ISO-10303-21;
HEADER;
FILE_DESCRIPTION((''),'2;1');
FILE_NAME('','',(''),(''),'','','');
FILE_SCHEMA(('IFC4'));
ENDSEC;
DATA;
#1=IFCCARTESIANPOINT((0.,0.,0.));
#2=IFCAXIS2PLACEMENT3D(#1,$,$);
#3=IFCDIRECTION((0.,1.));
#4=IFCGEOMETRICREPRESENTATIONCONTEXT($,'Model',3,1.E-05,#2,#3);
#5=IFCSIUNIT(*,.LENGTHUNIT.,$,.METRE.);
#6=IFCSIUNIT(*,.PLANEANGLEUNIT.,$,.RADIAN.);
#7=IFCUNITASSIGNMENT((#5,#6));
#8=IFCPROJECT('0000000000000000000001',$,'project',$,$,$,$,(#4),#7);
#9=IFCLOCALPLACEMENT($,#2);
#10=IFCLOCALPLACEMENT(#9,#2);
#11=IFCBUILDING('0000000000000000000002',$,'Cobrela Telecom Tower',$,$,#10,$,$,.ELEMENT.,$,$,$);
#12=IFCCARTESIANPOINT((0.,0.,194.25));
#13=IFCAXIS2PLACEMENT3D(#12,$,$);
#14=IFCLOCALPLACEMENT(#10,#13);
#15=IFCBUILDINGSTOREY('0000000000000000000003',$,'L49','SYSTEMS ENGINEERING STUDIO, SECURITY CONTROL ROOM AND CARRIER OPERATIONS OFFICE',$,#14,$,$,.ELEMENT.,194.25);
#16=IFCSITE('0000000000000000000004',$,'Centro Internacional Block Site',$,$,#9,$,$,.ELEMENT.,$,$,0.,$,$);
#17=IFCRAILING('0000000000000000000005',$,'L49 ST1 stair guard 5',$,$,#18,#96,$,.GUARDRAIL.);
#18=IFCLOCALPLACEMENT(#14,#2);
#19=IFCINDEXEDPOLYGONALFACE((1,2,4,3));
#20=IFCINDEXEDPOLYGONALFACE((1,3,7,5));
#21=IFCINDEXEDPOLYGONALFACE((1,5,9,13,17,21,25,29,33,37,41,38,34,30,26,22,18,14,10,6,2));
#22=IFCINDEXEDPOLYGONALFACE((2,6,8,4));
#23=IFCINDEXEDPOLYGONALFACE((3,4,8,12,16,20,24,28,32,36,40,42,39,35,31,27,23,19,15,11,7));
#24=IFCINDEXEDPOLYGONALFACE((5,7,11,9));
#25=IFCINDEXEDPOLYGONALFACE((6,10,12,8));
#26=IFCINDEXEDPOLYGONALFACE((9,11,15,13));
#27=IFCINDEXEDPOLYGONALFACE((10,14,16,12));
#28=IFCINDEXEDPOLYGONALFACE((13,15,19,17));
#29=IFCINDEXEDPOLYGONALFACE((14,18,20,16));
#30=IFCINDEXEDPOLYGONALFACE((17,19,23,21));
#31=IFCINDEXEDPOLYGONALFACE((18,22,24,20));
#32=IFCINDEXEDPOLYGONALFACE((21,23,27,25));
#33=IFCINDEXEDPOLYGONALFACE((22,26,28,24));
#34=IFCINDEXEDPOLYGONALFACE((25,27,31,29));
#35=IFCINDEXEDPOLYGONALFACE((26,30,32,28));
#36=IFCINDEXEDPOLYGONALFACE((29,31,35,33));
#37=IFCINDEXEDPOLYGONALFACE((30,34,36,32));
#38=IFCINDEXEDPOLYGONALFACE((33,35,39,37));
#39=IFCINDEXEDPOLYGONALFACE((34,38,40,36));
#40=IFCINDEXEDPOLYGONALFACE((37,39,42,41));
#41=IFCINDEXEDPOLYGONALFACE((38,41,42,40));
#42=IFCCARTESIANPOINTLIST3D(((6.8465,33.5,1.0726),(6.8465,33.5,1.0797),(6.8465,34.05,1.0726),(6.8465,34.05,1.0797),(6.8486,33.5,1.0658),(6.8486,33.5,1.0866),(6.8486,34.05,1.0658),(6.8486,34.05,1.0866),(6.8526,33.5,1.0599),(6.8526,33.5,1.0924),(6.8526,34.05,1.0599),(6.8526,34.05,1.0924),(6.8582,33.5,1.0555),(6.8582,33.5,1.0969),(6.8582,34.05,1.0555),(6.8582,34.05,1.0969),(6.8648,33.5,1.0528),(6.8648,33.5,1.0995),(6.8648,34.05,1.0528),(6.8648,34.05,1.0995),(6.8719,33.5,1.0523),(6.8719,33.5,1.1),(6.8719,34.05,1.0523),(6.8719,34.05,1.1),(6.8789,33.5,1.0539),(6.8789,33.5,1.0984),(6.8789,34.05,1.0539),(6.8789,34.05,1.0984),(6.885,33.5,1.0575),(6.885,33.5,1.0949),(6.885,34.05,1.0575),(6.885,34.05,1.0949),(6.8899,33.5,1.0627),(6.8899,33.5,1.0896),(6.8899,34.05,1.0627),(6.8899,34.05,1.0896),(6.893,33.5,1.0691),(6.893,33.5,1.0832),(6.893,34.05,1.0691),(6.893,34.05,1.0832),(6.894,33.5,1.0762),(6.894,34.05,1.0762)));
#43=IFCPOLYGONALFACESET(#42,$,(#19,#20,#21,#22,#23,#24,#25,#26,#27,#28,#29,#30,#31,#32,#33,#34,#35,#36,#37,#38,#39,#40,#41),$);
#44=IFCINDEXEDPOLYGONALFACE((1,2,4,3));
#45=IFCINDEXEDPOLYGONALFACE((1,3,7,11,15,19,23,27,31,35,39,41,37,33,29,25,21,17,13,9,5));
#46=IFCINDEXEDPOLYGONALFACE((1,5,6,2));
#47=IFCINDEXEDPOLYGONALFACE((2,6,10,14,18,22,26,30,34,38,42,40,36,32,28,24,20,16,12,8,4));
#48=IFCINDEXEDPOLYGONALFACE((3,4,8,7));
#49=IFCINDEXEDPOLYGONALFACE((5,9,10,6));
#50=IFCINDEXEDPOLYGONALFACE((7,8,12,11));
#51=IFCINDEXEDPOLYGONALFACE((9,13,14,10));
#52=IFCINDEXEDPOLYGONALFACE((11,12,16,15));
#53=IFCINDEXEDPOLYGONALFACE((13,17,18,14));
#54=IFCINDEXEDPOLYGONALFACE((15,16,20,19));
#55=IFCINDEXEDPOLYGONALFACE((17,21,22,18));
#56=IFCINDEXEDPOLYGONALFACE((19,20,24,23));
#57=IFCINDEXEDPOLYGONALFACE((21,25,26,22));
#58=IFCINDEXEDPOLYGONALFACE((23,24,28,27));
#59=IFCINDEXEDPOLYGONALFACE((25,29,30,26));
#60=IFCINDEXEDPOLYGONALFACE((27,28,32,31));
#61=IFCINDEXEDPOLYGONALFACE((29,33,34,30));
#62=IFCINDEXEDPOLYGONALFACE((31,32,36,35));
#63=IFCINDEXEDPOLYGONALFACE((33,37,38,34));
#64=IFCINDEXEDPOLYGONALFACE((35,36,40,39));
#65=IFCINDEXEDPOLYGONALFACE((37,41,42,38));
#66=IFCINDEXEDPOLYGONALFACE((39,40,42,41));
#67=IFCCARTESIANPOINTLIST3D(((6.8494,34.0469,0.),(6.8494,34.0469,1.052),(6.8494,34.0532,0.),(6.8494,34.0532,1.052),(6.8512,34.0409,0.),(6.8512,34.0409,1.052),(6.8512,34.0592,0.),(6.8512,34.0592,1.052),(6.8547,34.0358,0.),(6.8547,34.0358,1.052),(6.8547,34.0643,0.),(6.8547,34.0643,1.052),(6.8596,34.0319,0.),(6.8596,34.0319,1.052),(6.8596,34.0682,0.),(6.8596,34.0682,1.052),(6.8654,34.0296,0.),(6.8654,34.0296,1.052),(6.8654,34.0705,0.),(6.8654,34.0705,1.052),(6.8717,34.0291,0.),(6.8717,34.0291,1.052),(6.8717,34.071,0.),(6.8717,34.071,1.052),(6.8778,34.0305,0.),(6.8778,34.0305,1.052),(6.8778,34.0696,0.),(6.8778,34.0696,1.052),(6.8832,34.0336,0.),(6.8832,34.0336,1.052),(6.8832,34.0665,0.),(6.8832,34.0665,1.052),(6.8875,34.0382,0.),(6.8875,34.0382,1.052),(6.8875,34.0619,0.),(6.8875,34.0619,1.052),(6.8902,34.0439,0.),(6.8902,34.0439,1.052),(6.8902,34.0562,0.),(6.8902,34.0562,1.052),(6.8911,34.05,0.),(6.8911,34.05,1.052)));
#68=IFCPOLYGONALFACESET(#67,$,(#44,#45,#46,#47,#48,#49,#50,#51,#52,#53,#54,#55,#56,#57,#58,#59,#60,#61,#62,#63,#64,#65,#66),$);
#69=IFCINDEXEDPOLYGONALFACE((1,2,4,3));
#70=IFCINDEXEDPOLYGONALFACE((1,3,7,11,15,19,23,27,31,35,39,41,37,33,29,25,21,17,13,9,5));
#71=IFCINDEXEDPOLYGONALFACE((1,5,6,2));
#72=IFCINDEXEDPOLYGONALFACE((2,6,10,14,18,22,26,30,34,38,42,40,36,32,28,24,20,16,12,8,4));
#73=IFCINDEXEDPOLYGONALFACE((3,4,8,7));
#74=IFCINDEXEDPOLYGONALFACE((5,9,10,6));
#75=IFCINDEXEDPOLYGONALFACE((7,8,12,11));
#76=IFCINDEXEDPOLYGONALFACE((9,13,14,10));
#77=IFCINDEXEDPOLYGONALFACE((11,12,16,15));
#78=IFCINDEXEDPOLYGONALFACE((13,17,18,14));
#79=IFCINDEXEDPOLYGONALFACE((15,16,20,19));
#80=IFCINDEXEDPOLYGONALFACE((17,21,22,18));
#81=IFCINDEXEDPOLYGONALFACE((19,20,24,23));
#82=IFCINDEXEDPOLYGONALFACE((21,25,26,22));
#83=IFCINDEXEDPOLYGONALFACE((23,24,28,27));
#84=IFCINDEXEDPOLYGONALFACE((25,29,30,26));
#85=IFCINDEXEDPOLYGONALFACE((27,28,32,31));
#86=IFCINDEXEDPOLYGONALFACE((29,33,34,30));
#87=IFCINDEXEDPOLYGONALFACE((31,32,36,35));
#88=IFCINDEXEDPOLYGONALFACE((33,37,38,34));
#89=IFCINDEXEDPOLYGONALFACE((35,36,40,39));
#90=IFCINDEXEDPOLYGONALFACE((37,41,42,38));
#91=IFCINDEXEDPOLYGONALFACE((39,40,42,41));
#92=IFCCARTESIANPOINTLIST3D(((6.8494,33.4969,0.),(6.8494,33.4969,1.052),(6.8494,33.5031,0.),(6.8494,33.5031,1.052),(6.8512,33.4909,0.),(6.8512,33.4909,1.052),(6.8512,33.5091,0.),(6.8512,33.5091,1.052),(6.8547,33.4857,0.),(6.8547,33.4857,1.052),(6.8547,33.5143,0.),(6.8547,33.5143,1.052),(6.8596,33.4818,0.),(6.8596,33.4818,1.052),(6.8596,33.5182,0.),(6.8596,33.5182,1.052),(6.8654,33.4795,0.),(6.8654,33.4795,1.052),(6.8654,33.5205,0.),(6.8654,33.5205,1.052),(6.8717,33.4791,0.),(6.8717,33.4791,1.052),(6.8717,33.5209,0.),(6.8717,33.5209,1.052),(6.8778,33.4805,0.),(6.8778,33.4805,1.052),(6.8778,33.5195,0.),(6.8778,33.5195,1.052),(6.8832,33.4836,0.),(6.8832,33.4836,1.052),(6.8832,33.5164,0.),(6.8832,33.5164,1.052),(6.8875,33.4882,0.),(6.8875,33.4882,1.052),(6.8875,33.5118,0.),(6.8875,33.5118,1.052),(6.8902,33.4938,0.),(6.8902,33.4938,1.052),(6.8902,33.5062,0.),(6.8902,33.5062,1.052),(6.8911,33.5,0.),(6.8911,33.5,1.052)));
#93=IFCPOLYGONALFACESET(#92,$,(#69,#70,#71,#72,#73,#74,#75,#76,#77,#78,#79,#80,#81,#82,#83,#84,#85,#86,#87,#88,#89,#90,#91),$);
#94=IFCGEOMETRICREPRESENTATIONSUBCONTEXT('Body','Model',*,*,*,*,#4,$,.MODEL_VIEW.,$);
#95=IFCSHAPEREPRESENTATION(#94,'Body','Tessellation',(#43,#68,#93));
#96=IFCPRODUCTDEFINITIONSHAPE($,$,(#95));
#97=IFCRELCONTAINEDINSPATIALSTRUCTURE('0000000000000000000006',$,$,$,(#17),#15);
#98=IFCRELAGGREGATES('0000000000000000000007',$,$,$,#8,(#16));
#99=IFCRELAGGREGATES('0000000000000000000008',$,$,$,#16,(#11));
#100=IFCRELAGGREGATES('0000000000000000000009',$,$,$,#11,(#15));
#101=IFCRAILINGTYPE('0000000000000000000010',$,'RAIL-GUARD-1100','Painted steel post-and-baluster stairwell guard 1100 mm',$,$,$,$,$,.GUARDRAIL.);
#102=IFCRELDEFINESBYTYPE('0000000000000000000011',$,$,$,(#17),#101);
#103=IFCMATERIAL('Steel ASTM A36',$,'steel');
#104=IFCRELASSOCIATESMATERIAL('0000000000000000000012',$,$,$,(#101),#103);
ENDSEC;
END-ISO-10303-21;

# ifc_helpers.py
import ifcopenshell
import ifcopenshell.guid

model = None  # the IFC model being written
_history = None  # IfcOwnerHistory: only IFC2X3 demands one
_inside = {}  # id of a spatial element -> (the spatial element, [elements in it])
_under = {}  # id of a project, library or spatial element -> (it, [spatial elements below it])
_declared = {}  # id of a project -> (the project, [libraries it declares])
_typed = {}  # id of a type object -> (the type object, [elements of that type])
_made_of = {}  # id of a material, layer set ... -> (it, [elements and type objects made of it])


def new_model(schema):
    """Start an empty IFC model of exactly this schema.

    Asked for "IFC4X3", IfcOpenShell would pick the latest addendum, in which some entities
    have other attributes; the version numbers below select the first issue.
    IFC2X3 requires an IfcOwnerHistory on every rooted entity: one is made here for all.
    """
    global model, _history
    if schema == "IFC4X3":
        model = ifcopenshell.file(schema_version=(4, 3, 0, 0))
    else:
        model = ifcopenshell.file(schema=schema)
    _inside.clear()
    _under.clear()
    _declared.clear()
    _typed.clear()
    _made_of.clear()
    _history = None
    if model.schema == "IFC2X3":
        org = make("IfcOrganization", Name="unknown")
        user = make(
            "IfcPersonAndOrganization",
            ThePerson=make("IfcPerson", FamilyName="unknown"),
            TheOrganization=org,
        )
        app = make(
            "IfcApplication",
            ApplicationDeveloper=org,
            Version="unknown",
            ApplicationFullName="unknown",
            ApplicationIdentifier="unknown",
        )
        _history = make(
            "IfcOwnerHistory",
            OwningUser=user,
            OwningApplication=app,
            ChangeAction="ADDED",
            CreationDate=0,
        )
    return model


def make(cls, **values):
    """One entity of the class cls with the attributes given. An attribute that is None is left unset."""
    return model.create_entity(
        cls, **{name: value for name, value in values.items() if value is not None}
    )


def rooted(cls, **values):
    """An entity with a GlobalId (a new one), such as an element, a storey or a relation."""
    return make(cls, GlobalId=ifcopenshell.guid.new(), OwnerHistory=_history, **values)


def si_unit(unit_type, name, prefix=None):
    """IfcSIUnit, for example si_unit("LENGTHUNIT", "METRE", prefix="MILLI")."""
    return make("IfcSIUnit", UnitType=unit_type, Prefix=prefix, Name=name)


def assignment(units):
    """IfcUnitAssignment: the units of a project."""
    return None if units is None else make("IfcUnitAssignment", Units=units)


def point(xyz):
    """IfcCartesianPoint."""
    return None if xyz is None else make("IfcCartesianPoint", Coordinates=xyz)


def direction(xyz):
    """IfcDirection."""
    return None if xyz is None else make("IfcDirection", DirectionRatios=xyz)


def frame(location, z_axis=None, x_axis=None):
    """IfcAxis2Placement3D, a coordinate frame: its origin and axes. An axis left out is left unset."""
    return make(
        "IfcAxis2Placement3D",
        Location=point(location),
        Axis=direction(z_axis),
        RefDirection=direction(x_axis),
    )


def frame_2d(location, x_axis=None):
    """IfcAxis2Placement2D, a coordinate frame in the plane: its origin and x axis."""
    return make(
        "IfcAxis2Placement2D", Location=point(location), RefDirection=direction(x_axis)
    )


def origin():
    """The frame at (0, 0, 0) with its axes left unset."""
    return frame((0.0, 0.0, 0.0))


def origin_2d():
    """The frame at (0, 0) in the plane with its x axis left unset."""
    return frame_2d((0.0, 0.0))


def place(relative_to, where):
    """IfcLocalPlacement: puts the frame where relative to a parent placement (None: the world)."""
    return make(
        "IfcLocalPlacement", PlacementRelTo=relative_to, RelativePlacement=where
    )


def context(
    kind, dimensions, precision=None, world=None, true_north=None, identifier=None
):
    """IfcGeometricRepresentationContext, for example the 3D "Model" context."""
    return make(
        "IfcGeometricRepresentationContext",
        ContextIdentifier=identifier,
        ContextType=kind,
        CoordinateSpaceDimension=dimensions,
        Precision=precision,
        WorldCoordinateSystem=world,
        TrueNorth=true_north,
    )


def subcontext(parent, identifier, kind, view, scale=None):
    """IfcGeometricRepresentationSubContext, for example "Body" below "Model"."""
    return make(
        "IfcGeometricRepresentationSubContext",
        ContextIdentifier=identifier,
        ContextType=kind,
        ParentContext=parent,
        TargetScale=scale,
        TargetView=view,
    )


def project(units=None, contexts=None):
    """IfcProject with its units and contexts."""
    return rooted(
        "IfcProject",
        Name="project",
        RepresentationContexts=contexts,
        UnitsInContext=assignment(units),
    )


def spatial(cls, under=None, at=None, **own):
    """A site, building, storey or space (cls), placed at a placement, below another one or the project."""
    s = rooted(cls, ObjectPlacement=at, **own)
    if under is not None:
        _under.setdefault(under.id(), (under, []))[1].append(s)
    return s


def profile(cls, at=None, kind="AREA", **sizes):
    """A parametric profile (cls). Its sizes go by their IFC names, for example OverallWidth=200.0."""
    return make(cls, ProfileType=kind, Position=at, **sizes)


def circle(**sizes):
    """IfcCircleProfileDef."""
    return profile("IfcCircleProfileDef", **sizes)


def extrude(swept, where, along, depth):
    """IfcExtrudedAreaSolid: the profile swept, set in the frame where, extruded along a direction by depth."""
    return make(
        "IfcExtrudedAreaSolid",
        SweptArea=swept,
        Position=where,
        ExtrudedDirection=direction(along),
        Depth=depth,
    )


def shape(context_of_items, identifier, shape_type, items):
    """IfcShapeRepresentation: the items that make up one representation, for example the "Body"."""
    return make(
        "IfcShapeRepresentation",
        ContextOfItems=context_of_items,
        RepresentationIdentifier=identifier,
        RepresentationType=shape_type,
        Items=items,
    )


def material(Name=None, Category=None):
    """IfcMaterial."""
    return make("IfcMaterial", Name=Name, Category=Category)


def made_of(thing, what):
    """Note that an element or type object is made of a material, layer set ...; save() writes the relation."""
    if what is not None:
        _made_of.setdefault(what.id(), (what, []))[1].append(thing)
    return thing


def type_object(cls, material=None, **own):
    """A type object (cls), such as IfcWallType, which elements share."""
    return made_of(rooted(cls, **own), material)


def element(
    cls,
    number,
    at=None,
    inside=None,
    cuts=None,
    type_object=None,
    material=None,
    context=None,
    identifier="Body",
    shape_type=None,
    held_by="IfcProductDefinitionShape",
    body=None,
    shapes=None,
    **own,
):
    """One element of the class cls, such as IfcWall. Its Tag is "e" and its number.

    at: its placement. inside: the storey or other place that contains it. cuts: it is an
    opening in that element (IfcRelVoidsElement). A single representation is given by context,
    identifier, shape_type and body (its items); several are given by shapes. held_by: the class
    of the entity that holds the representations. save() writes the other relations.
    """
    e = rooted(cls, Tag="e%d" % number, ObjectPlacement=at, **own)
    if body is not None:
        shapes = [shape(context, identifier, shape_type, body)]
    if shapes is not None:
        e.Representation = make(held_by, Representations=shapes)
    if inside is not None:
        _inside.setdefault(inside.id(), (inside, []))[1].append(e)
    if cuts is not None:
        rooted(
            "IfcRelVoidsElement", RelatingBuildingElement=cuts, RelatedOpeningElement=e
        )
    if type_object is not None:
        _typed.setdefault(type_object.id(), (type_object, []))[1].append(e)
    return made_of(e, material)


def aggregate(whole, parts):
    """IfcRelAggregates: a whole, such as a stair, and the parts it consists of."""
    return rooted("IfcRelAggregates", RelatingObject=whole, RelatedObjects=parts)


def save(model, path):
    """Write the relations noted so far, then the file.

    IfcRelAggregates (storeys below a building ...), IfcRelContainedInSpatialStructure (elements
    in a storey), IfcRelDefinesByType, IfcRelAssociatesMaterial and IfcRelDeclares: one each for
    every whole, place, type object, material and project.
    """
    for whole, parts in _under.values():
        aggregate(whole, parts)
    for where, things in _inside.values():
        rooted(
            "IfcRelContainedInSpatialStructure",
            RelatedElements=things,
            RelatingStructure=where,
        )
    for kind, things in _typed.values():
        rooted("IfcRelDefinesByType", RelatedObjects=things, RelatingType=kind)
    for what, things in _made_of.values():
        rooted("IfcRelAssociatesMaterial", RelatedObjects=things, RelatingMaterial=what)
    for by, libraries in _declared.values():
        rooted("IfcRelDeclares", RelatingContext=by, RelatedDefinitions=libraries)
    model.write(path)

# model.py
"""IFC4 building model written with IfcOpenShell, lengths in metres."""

from ifc_helpers import new_model, si_unit, direction, frame, origin, origin_2d, place, context, subcontext, project, spatial, circle, extrude, material, type_object, element, save


model = new_model("IFC4")

# Units and contexts
model_context = context("Model", 3, precision=1e-05, world=origin(), true_north=direction((0.0, 1.0)))
body_context = subcontext(model_context, "Body", "Model", "MODEL_VIEW")
ifc_project = project(units=[si_unit("LENGTHUNIT", "METRE"), si_unit("PLANEANGLEUNIT", "RADIAN")], contexts=[model_context])

# Site, building, storey
site_placement = place(None, origin())
site = spatial("IfcSite", under=ifc_project, at=site_placement, Name="Centro Internacional Block Site", CompositionType="ELEMENT", RefElevation=0.0)
building_placement = place(site_placement, origin())
building = spatial("IfcBuilding", under=site, at=building_placement, Name="Cobrela Telecom Tower", CompositionType="ELEMENT")
storey_placement = place(building_placement, frame((0.0, 0.0, 194.25)))
storey = spatial("IfcBuildingStorey", under=building, at=storey_placement, Name="L49", Description="SYSTEMS ENGINEERING STUDIO, SECURITY CONTROL ROOM AND CARRIER OPERATIONS OFFICE", CompositionType="ELEMENT", Elevation=194.25)

# Shared definitions
ifc_material_1 = material(Name="Steel ASTM A36", Category="steel")

# Railing
railing_type_1 = type_object("IfcRailingType", Name="RAIL-GUARD-1100", Description="Painted steel post-and-baluster stairwell guard 1100 mm", PredefinedType="GUARDRAIL", material=ifc_material_1)
railing_1_placement = place(storey_placement, frame((6.8701, 34.05, 0.0)))
element("IfcRailing", 1, at=railing_1_placement, inside=storey, type_object=railing_type_1, Name="L49 ST1 stair guard 5", PredefinedType="GUARDRAIL", context=body_context, shape_type="SweptSolid", body=[
    extrude(circle(Radius=0.0239, at=origin_2d()), frame((0.0, 0.0, 1.0762), z_axis=(0.0, -1.0, 0.0), x_axis=(1.0, 0.0, 0.0)), (0.0, 0.0, 1.0), 0.55),
    extrude(circle(Radius=0.021, at=origin_2d()), origin(), (0.0, 0.0, 1.0), 1.052),
    extrude(circle(Radius=0.021, at=origin_2d()), frame((0.0, -0.55, 0.0)), (0.0, 0.0, 1.0), 1.052),
])

save(model, "model.ifc")
